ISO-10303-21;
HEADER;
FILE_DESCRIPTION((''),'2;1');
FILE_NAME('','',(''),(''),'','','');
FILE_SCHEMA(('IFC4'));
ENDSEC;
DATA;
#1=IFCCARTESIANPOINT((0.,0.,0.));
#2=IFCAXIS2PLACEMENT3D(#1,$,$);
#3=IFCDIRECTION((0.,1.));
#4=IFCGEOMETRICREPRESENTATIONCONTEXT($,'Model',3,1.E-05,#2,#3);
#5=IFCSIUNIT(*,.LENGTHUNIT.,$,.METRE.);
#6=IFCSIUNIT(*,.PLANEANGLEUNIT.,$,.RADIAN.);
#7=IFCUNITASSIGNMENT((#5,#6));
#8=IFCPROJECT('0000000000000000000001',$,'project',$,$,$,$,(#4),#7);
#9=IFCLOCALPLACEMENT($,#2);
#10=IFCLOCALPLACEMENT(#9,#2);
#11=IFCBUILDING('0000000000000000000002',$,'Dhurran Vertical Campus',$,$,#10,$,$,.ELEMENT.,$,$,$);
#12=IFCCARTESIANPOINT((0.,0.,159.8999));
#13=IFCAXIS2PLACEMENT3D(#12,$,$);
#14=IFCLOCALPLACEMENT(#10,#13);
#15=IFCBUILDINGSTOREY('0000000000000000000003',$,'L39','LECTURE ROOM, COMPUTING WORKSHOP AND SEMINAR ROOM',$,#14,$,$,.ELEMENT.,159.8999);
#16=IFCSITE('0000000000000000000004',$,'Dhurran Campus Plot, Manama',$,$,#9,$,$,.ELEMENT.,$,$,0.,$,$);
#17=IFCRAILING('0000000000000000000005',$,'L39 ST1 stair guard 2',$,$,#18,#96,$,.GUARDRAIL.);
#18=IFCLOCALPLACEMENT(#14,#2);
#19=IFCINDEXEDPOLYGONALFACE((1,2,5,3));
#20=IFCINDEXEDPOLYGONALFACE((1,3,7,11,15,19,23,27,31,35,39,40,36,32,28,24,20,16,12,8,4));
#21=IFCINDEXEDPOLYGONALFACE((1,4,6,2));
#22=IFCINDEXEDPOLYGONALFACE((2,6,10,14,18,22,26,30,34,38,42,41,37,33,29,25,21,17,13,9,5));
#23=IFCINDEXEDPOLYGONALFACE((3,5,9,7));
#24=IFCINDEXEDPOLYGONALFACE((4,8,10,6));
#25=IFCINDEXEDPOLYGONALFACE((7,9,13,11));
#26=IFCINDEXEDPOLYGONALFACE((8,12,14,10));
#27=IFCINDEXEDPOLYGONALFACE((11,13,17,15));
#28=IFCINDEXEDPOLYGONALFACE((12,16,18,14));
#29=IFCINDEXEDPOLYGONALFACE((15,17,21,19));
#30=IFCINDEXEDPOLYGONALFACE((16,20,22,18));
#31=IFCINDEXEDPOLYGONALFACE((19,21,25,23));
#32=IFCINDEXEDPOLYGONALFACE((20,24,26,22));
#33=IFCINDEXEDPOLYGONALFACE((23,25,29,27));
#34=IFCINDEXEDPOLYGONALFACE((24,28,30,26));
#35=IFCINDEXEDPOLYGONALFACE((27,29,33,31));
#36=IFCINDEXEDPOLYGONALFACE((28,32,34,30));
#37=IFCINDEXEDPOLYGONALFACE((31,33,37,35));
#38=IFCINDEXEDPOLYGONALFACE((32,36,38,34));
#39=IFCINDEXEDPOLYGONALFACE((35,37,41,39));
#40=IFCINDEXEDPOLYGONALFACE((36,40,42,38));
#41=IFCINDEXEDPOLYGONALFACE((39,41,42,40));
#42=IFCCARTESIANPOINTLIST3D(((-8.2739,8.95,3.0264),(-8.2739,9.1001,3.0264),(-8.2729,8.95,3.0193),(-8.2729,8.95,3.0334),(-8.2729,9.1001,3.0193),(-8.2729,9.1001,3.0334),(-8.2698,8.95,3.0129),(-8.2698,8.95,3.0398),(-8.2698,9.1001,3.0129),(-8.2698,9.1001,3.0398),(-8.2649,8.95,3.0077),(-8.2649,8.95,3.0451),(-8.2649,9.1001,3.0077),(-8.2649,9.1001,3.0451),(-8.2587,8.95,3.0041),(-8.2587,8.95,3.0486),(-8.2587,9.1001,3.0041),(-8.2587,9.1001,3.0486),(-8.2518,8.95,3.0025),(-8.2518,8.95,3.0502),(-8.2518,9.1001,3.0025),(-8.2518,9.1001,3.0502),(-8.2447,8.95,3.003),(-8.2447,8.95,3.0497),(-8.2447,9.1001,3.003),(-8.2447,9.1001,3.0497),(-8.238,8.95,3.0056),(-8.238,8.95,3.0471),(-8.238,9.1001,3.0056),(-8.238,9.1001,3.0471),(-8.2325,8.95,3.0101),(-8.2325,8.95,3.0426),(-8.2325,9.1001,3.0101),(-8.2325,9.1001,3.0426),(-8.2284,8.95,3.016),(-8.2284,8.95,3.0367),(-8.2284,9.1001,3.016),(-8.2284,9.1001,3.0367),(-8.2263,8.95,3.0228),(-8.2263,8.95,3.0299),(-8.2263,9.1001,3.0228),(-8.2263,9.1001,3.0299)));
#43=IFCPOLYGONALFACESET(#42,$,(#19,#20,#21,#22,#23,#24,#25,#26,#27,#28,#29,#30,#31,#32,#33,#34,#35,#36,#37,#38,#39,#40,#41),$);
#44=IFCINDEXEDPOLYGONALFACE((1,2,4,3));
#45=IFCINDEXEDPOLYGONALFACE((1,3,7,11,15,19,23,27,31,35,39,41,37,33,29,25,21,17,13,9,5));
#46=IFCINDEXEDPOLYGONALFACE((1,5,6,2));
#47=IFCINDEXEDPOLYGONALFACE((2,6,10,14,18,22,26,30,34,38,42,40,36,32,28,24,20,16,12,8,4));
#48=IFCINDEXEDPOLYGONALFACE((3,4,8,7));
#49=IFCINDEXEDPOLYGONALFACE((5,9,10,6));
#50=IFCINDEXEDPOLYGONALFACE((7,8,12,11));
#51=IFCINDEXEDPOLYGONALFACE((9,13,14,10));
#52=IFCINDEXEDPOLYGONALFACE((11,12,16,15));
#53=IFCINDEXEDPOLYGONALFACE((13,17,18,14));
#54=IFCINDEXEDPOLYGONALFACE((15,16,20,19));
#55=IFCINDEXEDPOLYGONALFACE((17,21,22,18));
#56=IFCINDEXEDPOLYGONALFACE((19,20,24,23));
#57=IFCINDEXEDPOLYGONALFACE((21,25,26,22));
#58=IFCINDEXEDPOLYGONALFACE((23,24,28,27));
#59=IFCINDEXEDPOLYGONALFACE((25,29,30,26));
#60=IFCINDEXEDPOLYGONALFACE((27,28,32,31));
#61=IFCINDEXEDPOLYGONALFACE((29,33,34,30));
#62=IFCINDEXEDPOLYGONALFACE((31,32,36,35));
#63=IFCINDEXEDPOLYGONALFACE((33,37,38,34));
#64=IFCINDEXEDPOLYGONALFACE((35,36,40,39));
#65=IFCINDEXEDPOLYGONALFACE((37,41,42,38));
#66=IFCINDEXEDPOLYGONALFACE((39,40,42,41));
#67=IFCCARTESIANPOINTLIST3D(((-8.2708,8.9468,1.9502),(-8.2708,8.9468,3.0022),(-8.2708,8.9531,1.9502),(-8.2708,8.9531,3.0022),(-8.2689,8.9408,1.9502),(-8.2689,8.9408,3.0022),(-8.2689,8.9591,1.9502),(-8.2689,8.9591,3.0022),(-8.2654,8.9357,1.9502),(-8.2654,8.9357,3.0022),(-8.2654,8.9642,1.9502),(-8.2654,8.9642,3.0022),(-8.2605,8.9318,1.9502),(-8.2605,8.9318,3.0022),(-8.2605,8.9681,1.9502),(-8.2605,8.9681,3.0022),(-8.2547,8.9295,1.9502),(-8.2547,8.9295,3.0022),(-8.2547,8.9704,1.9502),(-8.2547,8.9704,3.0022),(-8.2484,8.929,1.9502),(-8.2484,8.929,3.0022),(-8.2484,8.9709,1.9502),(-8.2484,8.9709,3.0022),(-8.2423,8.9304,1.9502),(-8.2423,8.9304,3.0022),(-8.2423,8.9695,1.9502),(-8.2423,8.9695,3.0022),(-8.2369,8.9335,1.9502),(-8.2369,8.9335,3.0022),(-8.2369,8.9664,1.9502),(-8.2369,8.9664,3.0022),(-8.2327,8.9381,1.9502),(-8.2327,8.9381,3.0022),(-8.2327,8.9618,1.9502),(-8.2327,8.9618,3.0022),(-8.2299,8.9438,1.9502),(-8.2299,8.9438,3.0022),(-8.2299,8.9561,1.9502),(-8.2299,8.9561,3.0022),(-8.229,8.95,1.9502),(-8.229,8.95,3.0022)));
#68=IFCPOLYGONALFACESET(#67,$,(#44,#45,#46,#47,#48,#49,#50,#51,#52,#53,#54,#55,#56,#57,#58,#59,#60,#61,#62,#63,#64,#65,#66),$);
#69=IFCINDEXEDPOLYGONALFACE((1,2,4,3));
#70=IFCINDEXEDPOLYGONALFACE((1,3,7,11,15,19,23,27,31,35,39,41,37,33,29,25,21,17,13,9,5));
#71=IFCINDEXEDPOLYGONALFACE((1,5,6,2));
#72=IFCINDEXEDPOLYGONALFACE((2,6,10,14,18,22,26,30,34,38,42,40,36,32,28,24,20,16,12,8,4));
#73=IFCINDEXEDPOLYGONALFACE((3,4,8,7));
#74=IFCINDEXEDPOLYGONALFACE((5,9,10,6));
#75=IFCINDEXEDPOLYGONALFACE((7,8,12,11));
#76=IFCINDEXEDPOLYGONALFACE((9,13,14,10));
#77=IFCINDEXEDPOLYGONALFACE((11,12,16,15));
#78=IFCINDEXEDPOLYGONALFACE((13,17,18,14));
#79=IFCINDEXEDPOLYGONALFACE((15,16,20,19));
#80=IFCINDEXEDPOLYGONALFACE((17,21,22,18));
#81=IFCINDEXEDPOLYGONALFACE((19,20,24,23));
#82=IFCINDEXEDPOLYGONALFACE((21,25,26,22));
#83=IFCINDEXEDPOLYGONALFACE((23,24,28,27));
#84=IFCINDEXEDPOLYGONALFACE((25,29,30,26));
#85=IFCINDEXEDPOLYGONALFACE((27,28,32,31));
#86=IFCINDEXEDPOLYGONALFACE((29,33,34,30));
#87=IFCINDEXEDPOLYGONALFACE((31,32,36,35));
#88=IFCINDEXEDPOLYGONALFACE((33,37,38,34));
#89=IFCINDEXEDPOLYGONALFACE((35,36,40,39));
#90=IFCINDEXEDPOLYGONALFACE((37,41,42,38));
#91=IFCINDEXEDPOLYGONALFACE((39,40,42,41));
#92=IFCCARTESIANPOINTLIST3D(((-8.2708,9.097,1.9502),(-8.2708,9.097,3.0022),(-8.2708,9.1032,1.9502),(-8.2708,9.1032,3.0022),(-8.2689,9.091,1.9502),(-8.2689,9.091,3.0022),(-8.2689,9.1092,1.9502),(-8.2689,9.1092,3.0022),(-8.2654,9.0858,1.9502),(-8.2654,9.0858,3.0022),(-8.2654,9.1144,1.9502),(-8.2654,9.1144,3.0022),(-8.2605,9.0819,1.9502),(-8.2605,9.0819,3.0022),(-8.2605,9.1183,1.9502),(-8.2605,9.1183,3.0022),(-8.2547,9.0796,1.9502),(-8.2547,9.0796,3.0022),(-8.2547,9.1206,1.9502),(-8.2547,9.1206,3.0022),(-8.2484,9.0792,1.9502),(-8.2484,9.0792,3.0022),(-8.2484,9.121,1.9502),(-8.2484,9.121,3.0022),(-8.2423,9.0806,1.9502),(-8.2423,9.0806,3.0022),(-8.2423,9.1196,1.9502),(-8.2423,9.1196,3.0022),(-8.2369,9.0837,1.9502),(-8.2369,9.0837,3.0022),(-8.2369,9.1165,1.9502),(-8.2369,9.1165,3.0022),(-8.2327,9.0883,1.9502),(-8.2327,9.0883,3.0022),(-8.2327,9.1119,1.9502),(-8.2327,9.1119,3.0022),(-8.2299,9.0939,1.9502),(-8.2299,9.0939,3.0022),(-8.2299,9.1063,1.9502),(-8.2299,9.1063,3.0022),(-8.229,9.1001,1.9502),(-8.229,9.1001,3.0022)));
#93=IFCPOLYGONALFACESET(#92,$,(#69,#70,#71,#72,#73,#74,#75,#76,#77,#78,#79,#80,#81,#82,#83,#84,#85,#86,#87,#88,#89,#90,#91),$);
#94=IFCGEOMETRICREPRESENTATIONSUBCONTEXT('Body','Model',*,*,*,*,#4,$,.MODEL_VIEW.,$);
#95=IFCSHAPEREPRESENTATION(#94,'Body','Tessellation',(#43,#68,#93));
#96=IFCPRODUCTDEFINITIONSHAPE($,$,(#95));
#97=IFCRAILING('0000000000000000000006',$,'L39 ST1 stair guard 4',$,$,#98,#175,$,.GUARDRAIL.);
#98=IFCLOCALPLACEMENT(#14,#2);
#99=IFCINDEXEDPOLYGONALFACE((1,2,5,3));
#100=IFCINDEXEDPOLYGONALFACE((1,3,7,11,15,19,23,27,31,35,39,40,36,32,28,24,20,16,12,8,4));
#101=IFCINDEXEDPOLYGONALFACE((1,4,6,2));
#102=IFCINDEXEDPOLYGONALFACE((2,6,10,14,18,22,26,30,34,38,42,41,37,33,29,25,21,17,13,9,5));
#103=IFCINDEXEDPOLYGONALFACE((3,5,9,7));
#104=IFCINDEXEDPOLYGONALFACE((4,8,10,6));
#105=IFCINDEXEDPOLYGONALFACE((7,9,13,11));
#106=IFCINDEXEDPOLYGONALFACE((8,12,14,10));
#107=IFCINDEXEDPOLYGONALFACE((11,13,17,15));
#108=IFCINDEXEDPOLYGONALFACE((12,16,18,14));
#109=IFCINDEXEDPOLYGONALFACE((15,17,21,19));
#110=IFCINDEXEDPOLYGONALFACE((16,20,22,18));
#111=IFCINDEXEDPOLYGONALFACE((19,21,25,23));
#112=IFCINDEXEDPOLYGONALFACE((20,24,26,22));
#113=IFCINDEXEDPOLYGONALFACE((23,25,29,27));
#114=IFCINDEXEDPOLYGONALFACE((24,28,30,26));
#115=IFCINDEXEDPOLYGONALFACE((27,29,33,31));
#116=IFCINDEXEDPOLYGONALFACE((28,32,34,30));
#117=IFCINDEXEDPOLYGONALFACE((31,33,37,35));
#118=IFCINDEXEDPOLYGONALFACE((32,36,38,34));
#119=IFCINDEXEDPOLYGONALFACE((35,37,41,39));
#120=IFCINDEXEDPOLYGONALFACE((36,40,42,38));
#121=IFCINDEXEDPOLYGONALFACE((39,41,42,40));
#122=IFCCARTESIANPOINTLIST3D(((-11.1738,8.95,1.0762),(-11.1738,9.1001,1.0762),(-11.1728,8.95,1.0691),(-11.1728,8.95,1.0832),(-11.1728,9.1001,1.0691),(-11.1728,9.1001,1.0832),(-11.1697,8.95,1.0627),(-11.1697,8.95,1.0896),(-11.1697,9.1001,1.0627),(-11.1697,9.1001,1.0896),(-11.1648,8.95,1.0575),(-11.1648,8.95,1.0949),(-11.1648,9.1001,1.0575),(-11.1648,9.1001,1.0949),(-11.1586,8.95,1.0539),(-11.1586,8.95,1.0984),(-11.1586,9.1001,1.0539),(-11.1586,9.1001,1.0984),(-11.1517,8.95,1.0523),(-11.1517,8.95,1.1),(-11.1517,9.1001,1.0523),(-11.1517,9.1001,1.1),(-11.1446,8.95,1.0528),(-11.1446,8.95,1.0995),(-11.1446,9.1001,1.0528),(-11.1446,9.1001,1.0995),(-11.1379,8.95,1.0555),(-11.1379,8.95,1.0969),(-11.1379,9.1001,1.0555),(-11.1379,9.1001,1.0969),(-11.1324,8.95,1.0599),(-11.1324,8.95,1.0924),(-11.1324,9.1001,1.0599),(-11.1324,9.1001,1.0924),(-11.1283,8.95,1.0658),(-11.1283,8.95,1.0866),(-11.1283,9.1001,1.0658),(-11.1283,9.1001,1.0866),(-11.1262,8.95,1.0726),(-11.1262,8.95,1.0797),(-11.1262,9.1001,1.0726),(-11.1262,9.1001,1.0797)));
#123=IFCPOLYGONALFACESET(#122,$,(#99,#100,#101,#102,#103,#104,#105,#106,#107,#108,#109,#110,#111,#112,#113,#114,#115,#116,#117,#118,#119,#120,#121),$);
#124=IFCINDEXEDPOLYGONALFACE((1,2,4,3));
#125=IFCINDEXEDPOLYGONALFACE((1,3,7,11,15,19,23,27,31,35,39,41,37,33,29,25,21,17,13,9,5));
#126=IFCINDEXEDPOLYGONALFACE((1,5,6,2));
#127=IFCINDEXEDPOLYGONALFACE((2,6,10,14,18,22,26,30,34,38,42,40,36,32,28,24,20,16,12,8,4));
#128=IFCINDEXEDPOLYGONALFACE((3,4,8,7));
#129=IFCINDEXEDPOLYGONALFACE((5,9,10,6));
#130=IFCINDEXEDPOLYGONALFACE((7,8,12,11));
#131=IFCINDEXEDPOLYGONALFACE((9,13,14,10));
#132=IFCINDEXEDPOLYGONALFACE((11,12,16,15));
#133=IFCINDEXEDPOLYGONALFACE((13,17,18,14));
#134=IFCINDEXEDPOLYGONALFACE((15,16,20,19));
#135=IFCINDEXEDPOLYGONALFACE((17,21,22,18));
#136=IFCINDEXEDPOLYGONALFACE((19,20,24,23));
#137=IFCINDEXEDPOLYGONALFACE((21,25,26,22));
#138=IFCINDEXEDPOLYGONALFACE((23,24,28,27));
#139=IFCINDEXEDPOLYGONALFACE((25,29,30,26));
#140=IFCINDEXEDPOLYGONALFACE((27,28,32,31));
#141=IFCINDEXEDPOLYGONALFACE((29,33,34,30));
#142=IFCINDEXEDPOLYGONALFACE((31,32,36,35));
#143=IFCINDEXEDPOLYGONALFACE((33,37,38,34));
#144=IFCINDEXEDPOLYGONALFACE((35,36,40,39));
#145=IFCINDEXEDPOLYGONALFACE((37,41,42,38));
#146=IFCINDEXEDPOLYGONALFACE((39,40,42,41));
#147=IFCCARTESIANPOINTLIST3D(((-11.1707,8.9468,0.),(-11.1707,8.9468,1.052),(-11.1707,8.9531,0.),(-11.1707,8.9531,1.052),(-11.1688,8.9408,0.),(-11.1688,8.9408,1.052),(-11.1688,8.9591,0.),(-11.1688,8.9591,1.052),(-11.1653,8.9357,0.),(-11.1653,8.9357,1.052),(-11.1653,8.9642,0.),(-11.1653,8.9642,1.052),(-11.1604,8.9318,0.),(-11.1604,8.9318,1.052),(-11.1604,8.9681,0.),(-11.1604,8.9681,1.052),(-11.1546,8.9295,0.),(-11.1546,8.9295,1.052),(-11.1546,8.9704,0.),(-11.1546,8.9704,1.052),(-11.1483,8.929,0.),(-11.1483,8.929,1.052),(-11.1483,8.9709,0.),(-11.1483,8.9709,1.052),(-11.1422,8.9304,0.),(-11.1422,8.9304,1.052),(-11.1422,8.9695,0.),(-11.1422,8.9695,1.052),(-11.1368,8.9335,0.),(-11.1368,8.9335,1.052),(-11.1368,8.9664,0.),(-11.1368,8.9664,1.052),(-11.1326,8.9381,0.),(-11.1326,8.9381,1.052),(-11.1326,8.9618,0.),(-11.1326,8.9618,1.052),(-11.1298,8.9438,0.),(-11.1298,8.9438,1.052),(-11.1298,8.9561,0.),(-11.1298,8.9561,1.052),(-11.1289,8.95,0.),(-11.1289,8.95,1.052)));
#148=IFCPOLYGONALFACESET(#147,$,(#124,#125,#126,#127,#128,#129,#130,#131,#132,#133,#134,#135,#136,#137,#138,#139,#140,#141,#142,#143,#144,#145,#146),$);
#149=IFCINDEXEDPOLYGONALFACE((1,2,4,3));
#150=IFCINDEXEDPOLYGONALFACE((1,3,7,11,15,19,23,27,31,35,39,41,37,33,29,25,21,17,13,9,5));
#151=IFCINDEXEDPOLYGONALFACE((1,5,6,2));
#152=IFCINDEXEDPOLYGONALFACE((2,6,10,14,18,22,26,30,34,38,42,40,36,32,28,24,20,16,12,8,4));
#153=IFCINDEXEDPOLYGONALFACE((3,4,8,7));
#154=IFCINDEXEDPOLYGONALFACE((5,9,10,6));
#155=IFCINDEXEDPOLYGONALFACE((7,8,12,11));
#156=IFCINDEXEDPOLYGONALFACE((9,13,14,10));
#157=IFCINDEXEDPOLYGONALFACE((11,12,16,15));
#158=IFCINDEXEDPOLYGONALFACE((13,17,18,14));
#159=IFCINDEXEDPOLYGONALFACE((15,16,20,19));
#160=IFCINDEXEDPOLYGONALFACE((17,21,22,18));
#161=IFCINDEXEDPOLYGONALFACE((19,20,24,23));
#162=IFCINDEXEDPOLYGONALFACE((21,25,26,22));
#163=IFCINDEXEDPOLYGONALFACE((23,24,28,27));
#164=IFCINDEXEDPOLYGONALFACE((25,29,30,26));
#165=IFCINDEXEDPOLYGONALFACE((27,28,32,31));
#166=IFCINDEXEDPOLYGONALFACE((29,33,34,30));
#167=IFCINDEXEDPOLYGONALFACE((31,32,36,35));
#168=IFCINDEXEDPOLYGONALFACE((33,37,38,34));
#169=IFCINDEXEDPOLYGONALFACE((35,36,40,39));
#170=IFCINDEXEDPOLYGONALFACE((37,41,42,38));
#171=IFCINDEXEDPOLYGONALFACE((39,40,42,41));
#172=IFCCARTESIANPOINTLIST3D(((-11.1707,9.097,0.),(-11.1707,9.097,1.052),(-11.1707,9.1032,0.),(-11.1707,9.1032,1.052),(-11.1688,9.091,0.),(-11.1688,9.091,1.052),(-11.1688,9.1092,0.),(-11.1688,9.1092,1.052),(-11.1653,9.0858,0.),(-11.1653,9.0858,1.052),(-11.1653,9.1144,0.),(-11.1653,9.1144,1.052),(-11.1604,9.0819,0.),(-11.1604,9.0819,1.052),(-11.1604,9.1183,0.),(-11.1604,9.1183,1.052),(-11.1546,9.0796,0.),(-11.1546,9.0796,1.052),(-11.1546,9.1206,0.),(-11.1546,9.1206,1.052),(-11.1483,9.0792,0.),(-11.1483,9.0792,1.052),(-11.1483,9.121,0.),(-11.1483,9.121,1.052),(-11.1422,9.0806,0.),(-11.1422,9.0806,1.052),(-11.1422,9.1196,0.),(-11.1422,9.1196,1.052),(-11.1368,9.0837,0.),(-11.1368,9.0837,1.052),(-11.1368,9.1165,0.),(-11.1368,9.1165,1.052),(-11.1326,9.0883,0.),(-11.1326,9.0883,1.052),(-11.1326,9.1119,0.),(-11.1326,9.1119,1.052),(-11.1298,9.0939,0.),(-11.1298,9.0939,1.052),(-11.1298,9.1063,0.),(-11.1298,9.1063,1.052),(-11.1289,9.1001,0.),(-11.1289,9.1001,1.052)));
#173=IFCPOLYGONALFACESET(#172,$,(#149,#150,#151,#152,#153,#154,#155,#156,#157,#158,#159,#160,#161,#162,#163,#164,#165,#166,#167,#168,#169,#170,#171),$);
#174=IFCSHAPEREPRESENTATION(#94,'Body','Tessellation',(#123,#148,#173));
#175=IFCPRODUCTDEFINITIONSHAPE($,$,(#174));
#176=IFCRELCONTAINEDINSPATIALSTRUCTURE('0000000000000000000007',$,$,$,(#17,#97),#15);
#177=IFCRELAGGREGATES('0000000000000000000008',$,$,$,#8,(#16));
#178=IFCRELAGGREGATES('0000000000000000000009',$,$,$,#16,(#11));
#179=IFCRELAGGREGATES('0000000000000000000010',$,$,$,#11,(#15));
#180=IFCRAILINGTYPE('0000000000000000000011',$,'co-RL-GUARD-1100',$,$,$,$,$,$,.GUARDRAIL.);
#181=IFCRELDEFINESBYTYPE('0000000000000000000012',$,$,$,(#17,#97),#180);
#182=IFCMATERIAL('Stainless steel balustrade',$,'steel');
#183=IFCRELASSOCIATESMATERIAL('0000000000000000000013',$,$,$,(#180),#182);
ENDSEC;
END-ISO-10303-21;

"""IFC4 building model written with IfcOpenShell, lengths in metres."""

from ifc_helpers import new_model, si_unit, direction, frame, origin, origin_2d, place, context, subcontext, project, spatial, circle, extrude, material, type_object, element, save


model = new_model("IFC4")

# Units and contexts
model_context = context("Model", 3, precision=1e-05, world=origin(), true_north=direction((0.0, 1.0)))
body_context = subcontext(model_context, "Body", "Model", "MODEL_VIEW")
ifc_project = project(units=[si_unit("LENGTHUNIT", "METRE"), si_unit("PLANEANGLEUNIT", "RADIAN")], contexts=[model_context])

# Site, building, storey
site_placement = place(None, origin())
site = spatial("IfcSite", under=ifc_project, at=site_placement, Name="Dhurran Campus Plot, Manama", CompositionType="ELEMENT", RefElevation=0.0)
building_placement = place(site_placement, origin())
building = spatial("IfcBuilding", under=site, at=building_placement, Name="Dhurran Vertical Campus", CompositionType="ELEMENT")
storey_placement = place(building_placement, frame((0.0, 0.0, 159.8999)))
storey = spatial("IfcBuildingStorey", under=building, at=storey_placement, Name="L39", Description="LECTURE ROOM, COMPUTING WORKSHOP AND SEMINAR ROOM", CompositionType="ELEMENT", Elevation=159.8999)

# Railings
ifc_material_1 = material(Name="Stainless steel balustrade", Category="steel")
railing_type_1 = type_object("IfcRailingType", Name="co-RL-GUARD-1100", PredefinedType="GUARDRAIL", material=ifc_material_1)
for number, where, name in (
    (1, (-8.25, 8.95, 1.9502), "L39 ST1 stair guard 2"),
    (2, (-11.1499, 8.95, 0.0), "L39 ST1 stair guard 4"),
):
    element("IfcRailing", number, at=place(storey_placement, frame(where)), inside=storey, type_object=railing_type_1, Name=name, PredefinedType="GUARDRAIL", context=body_context, shape_type="SweptSolid", body=[
        extrude(circle(Radius=0.0239, at=origin_2d()), frame((0.0, 0.0, 1.0762), z_axis=(0.0, 1.0, 0.0), x_axis=(-1.0, 0.0, 0.0)), (0.0, 0.0, 1.0), 0.1501),
        extrude(circle(Radius=0.021, at=origin_2d()), origin(), (0.0, 0.0, 1.0), 1.052),
        extrude(circle(Radius=0.021, at=origin_2d()), frame((0.0, 0.1501, 0.0)), (0.0, 0.0, 1.0), 1.052),
    ])

save(model, "model.ifc")
